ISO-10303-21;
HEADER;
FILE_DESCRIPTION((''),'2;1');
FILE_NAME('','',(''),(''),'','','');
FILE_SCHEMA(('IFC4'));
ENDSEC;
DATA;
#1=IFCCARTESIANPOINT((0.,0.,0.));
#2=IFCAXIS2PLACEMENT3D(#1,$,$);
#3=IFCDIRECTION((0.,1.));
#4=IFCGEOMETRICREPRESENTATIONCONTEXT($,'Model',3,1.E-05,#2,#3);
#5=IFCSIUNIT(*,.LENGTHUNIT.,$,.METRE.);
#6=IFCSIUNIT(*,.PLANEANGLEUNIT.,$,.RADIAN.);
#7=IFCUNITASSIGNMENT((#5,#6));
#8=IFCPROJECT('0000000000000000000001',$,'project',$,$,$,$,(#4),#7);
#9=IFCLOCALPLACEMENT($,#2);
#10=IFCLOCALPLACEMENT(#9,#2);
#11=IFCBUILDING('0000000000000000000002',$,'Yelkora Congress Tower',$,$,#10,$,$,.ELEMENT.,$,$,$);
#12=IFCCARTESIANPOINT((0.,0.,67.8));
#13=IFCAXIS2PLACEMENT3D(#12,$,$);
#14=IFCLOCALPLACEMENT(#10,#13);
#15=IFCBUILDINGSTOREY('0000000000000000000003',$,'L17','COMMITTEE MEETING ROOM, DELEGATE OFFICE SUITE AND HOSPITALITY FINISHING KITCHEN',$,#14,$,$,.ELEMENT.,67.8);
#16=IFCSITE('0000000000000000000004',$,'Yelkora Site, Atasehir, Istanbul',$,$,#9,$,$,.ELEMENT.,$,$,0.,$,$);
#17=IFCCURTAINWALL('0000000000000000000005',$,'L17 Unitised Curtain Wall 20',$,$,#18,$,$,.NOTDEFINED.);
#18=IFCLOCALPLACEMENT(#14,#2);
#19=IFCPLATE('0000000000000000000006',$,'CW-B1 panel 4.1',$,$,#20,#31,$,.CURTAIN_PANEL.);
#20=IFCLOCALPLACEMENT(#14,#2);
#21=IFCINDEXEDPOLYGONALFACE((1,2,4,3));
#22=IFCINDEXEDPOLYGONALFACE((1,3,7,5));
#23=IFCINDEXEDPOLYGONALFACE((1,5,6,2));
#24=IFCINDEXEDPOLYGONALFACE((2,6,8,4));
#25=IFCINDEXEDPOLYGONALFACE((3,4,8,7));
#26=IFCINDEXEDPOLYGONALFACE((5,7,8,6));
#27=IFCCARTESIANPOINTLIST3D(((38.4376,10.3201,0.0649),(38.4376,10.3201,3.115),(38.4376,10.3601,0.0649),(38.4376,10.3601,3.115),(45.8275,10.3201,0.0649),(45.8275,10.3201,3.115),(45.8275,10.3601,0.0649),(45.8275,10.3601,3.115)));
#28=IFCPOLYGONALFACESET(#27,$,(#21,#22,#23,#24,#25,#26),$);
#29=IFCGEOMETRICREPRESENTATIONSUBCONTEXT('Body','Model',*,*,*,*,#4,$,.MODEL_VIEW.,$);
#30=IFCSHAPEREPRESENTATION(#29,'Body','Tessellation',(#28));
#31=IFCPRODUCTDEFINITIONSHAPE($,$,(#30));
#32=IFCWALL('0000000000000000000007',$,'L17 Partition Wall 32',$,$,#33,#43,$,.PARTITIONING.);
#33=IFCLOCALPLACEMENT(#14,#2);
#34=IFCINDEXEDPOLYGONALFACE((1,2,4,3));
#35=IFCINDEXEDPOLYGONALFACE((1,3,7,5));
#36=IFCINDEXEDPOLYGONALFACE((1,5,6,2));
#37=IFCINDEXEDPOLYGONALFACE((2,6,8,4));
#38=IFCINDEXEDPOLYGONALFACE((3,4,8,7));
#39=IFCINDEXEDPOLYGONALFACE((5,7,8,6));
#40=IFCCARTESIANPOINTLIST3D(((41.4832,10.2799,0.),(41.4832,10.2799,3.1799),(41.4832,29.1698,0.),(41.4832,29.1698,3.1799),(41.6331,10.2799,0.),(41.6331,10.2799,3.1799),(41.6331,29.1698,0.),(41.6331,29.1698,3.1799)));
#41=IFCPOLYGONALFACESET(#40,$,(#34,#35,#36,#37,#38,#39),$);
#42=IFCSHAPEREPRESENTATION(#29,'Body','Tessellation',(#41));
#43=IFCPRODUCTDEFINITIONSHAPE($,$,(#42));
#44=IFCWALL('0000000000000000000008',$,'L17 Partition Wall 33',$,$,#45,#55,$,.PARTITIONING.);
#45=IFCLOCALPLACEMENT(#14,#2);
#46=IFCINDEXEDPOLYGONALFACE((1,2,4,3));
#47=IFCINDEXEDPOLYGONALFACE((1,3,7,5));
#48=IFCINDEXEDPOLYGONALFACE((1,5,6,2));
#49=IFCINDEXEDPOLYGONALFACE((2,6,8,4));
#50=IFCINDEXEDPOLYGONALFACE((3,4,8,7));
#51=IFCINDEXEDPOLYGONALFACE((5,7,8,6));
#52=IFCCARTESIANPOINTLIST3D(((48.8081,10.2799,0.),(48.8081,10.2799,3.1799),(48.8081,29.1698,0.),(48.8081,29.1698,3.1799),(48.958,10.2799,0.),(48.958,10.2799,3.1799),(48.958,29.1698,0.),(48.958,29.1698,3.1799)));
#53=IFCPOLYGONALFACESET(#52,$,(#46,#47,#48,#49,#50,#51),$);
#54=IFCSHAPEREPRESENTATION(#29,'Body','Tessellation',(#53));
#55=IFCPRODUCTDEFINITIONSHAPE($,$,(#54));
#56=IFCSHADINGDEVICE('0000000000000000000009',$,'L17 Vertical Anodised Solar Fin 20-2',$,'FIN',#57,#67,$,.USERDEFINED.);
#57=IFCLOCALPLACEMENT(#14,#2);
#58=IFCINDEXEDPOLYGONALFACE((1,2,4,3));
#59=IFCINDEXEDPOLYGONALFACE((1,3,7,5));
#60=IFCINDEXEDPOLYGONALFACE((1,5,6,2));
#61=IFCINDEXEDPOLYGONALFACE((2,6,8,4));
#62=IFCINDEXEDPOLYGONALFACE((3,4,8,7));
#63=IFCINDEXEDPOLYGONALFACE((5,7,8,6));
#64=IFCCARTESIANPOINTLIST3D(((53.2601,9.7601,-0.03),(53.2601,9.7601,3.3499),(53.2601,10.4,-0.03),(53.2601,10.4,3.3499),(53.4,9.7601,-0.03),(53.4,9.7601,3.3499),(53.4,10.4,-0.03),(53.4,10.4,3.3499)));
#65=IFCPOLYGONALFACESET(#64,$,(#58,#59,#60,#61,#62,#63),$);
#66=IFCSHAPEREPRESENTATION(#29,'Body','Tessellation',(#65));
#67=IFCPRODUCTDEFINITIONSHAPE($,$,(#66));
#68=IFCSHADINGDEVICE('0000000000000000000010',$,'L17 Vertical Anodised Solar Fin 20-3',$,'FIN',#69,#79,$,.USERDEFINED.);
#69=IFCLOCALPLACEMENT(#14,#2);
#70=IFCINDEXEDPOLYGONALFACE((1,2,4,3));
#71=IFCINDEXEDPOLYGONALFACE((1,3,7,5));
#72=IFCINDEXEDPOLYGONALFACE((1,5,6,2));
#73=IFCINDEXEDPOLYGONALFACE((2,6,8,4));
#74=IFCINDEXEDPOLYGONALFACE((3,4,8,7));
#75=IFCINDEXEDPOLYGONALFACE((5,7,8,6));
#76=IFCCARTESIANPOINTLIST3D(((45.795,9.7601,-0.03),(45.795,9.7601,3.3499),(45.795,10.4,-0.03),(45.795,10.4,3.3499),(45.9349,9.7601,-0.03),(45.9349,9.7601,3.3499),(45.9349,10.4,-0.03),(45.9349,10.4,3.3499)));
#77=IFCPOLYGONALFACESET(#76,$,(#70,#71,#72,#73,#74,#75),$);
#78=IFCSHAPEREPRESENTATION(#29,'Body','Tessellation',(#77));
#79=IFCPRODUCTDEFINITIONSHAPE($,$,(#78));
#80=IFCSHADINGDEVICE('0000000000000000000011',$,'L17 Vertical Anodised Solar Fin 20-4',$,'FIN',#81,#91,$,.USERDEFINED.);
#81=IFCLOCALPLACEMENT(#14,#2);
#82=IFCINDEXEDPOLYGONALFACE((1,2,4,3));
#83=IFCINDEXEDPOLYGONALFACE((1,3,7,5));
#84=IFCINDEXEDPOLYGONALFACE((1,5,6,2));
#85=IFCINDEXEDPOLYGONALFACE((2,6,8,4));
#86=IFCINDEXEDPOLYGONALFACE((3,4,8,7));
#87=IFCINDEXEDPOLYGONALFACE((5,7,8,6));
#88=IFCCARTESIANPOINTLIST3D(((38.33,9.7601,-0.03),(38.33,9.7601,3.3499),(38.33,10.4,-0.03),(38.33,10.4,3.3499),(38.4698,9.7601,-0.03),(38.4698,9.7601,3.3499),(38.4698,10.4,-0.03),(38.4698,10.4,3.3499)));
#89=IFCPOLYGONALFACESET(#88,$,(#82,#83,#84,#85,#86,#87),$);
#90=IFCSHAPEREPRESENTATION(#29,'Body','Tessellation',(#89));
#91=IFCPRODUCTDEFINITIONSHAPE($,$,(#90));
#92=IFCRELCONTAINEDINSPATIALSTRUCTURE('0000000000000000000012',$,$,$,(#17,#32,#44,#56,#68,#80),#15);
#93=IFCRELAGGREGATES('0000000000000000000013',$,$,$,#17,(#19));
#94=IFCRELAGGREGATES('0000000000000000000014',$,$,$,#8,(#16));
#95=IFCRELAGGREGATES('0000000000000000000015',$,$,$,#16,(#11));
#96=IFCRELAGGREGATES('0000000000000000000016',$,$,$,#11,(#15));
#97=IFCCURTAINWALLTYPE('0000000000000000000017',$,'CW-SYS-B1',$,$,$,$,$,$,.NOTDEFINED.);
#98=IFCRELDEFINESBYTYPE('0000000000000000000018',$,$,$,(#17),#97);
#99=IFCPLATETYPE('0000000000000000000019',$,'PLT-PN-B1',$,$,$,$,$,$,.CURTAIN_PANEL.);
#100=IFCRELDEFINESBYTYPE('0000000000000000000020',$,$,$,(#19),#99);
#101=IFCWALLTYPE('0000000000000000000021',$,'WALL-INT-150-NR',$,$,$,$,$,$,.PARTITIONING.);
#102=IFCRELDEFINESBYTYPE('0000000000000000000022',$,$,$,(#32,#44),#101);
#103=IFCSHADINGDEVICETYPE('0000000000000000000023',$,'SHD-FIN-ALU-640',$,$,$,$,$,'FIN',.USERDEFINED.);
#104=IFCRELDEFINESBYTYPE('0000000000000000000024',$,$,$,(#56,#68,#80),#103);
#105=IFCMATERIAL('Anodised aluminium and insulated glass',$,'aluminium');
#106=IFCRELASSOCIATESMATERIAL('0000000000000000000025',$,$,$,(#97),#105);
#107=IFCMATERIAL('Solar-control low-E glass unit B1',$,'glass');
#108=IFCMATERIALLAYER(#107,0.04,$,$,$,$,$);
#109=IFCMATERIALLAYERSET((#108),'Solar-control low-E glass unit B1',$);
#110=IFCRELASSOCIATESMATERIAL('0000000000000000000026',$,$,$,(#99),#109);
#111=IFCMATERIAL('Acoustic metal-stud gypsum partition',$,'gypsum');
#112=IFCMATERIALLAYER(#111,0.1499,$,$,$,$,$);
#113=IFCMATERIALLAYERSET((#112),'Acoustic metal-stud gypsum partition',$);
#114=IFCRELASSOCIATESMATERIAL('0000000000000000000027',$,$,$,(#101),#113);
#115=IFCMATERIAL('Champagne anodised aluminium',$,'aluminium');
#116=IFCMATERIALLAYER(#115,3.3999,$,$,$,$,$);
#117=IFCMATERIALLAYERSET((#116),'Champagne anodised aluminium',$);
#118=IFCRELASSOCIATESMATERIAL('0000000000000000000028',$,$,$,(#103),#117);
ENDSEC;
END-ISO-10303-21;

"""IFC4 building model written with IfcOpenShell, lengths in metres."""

from ifc_helpers import new_model, si_unit, direction, frame, frame_2d, origin, origin_2d, place, context, subcontext, project, spatial, rectangle, extrude, material, layer, layer_set, type_object, element, aggregate, save


model = new_model("IFC4")

# Units and contexts
model_context = context("Model", 3, precision=1e-05, world=origin(), true_north=direction((0.0, 1.0)))
body_context = subcontext(model_context, "Body", "Model", "MODEL_VIEW")
ifc_project = project(units=[si_unit("LENGTHUNIT", "METRE"), si_unit("PLANEANGLEUNIT", "RADIAN")], contexts=[model_context])

# Site, building, storey
site_placement = place(None, origin())
site = spatial("IfcSite", under=ifc_project, at=site_placement, Name="Yelkora Site, Atasehir, Istanbul", CompositionType="ELEMENT", RefElevation=0.0)
building_placement = place(site_placement, origin())
building = spatial("IfcBuilding", under=site, at=building_placement, Name="Yelkora Congress Tower", CompositionType="ELEMENT")
storey_placement = place(building_placement, frame((0.0, 0.0, 67.8)))
storey = spatial("IfcBuildingStorey", under=building, at=storey_placement, Name="L17", Description="COMMITTEE MEETING ROOM, DELEGATE OFFICE SUITE AND HOSPITALITY FINISHING KITCHEN", CompositionType="ELEMENT", Elevation=67.8)

# Curtain wall, plate
ifc_material_1 = material(Name="Anodised aluminium and insulated glass", Category="aluminium")
curtain_wall_type = type_object("IfcCurtainWallType", Name="CW-SYS-B1", PredefinedType="NOTDEFINED", material=ifc_material_1)
curtain_wall_placement = place(storey_placement, origin())
curtain_wall = element("IfcCurtainWall", 1, at=curtain_wall_placement, inside=storey, type_object=curtain_wall_type, Name="L17 Unitised Curtain Wall 20", PredefinedType="NOTDEFINED")
ifc_material_2 = material(Name="Solar-control low-E glass unit B1", Category="glass")
ifc_layer_1 = layer(ifc_material_2, 0.04)
ifc_layer_set_1 = layer_set([ifc_layer_1], Name="Solar-control low-E glass unit B1")
plate_type = type_object("IfcPlateType", Name="PLT-PN-B1", PredefinedType="CURTAIN_PANEL", material=ifc_layer_set_1)
plate_1_placement = place(storey_placement, frame((42.1326, 10.3401, 0.0649), z_axis=(0.0, 0.0, 1.0), x_axis=(-1.0, 0.0, 0.0)))
plate_1 = element("IfcPlate", 2, at=plate_1_placement, type_object=plate_type, Name="CW-B1 panel 4.1", PredefinedType="CURTAIN_PANEL", context=body_context, shape_type="SweptSolid", body=[
    extrude(rectangle(XDim=7.3899, YDim=0.04, at=origin_2d()), origin(), (0.0, 0.0, 1.0), 3.05),
])
aggregate(curtain_wall, [plate_1])

# Walls
ifc_material_3 = material(Name="Acoustic metal-stud gypsum partition", Category="gypsum")
ifc_layer_2 = layer(ifc_material_3, 0.1499)
ifc_layer_set_2 = layer_set([ifc_layer_2], Name="Acoustic metal-stud gypsum partition")
wall_type = type_object("IfcWallType", Name="WALL-INT-150-NR", PredefinedType="PARTITIONING", material=ifc_layer_set_2)
for number, where, z_axis, x_axis, name in (
    (3, (41.5581, 10.28, 0.0), (0.0, 0.0, 1.0), (0.0, 1.0, 0.0), "L17 Partition Wall 32"),
    (4, (48.8831, 10.28, 0.0), (0.0, 0.0, 1.0), (0.0, 1.0, 0.0), "L17 Partition Wall 33"),
):
    element("IfcWall", number, at=place(storey_placement, frame(where, z_axis=z_axis, x_axis=x_axis)), inside=storey, type_object=wall_type, Name=name, PredefinedType="PARTITIONING", context=body_context, shape_type="SweptSolid", body=[
        extrude(rectangle(XDim=18.8899, YDim=0.1499, at=frame_2d((9.4448, 0.0))), origin(), (0.0, 0.0, 1.0), 3.1799),
    ])

# Shading devices
ifc_material_4 = material(Name="Champagne anodised aluminium", Category="aluminium")
ifc_layer_3 = layer(ifc_material_4, 3.3999)
ifc_layer_set_3 = layer_set([ifc_layer_3], Name="Champagne anodised aluminium")
shading_device_type = type_object("IfcShadingDeviceType", Name="SHD-FIN-ALU-640", ElementType="FIN", PredefinedType="USERDEFINED", material=ifc_layer_set_3)
for number, where, z_axis, x_axis, name in (
    (5, (53.3301, 10.0801, -0.03), (0.0, 0.0, 1.0), (-1.0, 0.0, 0.0), "L17 Vertical Anodised Solar Fin 20-2"),
    (6, (45.865, 10.0801, -0.03), (0.0, 0.0, 1.0), (-1.0, 0.0, 0.0), "L17 Vertical Anodised Solar Fin 20-3"),
    (7, (38.3999, 10.0801, -0.03), (0.0, 0.0, 1.0), (-1.0, 0.0, 0.0), "L17 Vertical Anodised Solar Fin 20-4"),
):
    element("IfcShadingDevice", number, at=place(storey_placement, frame(where, z_axis=z_axis, x_axis=x_axis)), inside=storey, type_object=shading_device_type, Name=name, ObjectType="FIN", PredefinedType="USERDEFINED", context=body_context, shape_type="SweptSolid", body=[
        extrude(rectangle(XDim=0.1399, YDim=0.6399, at=origin_2d()), origin(), (0.0, 0.0, 1.0), 3.3799),
    ])

save(model, "model.ifc")
